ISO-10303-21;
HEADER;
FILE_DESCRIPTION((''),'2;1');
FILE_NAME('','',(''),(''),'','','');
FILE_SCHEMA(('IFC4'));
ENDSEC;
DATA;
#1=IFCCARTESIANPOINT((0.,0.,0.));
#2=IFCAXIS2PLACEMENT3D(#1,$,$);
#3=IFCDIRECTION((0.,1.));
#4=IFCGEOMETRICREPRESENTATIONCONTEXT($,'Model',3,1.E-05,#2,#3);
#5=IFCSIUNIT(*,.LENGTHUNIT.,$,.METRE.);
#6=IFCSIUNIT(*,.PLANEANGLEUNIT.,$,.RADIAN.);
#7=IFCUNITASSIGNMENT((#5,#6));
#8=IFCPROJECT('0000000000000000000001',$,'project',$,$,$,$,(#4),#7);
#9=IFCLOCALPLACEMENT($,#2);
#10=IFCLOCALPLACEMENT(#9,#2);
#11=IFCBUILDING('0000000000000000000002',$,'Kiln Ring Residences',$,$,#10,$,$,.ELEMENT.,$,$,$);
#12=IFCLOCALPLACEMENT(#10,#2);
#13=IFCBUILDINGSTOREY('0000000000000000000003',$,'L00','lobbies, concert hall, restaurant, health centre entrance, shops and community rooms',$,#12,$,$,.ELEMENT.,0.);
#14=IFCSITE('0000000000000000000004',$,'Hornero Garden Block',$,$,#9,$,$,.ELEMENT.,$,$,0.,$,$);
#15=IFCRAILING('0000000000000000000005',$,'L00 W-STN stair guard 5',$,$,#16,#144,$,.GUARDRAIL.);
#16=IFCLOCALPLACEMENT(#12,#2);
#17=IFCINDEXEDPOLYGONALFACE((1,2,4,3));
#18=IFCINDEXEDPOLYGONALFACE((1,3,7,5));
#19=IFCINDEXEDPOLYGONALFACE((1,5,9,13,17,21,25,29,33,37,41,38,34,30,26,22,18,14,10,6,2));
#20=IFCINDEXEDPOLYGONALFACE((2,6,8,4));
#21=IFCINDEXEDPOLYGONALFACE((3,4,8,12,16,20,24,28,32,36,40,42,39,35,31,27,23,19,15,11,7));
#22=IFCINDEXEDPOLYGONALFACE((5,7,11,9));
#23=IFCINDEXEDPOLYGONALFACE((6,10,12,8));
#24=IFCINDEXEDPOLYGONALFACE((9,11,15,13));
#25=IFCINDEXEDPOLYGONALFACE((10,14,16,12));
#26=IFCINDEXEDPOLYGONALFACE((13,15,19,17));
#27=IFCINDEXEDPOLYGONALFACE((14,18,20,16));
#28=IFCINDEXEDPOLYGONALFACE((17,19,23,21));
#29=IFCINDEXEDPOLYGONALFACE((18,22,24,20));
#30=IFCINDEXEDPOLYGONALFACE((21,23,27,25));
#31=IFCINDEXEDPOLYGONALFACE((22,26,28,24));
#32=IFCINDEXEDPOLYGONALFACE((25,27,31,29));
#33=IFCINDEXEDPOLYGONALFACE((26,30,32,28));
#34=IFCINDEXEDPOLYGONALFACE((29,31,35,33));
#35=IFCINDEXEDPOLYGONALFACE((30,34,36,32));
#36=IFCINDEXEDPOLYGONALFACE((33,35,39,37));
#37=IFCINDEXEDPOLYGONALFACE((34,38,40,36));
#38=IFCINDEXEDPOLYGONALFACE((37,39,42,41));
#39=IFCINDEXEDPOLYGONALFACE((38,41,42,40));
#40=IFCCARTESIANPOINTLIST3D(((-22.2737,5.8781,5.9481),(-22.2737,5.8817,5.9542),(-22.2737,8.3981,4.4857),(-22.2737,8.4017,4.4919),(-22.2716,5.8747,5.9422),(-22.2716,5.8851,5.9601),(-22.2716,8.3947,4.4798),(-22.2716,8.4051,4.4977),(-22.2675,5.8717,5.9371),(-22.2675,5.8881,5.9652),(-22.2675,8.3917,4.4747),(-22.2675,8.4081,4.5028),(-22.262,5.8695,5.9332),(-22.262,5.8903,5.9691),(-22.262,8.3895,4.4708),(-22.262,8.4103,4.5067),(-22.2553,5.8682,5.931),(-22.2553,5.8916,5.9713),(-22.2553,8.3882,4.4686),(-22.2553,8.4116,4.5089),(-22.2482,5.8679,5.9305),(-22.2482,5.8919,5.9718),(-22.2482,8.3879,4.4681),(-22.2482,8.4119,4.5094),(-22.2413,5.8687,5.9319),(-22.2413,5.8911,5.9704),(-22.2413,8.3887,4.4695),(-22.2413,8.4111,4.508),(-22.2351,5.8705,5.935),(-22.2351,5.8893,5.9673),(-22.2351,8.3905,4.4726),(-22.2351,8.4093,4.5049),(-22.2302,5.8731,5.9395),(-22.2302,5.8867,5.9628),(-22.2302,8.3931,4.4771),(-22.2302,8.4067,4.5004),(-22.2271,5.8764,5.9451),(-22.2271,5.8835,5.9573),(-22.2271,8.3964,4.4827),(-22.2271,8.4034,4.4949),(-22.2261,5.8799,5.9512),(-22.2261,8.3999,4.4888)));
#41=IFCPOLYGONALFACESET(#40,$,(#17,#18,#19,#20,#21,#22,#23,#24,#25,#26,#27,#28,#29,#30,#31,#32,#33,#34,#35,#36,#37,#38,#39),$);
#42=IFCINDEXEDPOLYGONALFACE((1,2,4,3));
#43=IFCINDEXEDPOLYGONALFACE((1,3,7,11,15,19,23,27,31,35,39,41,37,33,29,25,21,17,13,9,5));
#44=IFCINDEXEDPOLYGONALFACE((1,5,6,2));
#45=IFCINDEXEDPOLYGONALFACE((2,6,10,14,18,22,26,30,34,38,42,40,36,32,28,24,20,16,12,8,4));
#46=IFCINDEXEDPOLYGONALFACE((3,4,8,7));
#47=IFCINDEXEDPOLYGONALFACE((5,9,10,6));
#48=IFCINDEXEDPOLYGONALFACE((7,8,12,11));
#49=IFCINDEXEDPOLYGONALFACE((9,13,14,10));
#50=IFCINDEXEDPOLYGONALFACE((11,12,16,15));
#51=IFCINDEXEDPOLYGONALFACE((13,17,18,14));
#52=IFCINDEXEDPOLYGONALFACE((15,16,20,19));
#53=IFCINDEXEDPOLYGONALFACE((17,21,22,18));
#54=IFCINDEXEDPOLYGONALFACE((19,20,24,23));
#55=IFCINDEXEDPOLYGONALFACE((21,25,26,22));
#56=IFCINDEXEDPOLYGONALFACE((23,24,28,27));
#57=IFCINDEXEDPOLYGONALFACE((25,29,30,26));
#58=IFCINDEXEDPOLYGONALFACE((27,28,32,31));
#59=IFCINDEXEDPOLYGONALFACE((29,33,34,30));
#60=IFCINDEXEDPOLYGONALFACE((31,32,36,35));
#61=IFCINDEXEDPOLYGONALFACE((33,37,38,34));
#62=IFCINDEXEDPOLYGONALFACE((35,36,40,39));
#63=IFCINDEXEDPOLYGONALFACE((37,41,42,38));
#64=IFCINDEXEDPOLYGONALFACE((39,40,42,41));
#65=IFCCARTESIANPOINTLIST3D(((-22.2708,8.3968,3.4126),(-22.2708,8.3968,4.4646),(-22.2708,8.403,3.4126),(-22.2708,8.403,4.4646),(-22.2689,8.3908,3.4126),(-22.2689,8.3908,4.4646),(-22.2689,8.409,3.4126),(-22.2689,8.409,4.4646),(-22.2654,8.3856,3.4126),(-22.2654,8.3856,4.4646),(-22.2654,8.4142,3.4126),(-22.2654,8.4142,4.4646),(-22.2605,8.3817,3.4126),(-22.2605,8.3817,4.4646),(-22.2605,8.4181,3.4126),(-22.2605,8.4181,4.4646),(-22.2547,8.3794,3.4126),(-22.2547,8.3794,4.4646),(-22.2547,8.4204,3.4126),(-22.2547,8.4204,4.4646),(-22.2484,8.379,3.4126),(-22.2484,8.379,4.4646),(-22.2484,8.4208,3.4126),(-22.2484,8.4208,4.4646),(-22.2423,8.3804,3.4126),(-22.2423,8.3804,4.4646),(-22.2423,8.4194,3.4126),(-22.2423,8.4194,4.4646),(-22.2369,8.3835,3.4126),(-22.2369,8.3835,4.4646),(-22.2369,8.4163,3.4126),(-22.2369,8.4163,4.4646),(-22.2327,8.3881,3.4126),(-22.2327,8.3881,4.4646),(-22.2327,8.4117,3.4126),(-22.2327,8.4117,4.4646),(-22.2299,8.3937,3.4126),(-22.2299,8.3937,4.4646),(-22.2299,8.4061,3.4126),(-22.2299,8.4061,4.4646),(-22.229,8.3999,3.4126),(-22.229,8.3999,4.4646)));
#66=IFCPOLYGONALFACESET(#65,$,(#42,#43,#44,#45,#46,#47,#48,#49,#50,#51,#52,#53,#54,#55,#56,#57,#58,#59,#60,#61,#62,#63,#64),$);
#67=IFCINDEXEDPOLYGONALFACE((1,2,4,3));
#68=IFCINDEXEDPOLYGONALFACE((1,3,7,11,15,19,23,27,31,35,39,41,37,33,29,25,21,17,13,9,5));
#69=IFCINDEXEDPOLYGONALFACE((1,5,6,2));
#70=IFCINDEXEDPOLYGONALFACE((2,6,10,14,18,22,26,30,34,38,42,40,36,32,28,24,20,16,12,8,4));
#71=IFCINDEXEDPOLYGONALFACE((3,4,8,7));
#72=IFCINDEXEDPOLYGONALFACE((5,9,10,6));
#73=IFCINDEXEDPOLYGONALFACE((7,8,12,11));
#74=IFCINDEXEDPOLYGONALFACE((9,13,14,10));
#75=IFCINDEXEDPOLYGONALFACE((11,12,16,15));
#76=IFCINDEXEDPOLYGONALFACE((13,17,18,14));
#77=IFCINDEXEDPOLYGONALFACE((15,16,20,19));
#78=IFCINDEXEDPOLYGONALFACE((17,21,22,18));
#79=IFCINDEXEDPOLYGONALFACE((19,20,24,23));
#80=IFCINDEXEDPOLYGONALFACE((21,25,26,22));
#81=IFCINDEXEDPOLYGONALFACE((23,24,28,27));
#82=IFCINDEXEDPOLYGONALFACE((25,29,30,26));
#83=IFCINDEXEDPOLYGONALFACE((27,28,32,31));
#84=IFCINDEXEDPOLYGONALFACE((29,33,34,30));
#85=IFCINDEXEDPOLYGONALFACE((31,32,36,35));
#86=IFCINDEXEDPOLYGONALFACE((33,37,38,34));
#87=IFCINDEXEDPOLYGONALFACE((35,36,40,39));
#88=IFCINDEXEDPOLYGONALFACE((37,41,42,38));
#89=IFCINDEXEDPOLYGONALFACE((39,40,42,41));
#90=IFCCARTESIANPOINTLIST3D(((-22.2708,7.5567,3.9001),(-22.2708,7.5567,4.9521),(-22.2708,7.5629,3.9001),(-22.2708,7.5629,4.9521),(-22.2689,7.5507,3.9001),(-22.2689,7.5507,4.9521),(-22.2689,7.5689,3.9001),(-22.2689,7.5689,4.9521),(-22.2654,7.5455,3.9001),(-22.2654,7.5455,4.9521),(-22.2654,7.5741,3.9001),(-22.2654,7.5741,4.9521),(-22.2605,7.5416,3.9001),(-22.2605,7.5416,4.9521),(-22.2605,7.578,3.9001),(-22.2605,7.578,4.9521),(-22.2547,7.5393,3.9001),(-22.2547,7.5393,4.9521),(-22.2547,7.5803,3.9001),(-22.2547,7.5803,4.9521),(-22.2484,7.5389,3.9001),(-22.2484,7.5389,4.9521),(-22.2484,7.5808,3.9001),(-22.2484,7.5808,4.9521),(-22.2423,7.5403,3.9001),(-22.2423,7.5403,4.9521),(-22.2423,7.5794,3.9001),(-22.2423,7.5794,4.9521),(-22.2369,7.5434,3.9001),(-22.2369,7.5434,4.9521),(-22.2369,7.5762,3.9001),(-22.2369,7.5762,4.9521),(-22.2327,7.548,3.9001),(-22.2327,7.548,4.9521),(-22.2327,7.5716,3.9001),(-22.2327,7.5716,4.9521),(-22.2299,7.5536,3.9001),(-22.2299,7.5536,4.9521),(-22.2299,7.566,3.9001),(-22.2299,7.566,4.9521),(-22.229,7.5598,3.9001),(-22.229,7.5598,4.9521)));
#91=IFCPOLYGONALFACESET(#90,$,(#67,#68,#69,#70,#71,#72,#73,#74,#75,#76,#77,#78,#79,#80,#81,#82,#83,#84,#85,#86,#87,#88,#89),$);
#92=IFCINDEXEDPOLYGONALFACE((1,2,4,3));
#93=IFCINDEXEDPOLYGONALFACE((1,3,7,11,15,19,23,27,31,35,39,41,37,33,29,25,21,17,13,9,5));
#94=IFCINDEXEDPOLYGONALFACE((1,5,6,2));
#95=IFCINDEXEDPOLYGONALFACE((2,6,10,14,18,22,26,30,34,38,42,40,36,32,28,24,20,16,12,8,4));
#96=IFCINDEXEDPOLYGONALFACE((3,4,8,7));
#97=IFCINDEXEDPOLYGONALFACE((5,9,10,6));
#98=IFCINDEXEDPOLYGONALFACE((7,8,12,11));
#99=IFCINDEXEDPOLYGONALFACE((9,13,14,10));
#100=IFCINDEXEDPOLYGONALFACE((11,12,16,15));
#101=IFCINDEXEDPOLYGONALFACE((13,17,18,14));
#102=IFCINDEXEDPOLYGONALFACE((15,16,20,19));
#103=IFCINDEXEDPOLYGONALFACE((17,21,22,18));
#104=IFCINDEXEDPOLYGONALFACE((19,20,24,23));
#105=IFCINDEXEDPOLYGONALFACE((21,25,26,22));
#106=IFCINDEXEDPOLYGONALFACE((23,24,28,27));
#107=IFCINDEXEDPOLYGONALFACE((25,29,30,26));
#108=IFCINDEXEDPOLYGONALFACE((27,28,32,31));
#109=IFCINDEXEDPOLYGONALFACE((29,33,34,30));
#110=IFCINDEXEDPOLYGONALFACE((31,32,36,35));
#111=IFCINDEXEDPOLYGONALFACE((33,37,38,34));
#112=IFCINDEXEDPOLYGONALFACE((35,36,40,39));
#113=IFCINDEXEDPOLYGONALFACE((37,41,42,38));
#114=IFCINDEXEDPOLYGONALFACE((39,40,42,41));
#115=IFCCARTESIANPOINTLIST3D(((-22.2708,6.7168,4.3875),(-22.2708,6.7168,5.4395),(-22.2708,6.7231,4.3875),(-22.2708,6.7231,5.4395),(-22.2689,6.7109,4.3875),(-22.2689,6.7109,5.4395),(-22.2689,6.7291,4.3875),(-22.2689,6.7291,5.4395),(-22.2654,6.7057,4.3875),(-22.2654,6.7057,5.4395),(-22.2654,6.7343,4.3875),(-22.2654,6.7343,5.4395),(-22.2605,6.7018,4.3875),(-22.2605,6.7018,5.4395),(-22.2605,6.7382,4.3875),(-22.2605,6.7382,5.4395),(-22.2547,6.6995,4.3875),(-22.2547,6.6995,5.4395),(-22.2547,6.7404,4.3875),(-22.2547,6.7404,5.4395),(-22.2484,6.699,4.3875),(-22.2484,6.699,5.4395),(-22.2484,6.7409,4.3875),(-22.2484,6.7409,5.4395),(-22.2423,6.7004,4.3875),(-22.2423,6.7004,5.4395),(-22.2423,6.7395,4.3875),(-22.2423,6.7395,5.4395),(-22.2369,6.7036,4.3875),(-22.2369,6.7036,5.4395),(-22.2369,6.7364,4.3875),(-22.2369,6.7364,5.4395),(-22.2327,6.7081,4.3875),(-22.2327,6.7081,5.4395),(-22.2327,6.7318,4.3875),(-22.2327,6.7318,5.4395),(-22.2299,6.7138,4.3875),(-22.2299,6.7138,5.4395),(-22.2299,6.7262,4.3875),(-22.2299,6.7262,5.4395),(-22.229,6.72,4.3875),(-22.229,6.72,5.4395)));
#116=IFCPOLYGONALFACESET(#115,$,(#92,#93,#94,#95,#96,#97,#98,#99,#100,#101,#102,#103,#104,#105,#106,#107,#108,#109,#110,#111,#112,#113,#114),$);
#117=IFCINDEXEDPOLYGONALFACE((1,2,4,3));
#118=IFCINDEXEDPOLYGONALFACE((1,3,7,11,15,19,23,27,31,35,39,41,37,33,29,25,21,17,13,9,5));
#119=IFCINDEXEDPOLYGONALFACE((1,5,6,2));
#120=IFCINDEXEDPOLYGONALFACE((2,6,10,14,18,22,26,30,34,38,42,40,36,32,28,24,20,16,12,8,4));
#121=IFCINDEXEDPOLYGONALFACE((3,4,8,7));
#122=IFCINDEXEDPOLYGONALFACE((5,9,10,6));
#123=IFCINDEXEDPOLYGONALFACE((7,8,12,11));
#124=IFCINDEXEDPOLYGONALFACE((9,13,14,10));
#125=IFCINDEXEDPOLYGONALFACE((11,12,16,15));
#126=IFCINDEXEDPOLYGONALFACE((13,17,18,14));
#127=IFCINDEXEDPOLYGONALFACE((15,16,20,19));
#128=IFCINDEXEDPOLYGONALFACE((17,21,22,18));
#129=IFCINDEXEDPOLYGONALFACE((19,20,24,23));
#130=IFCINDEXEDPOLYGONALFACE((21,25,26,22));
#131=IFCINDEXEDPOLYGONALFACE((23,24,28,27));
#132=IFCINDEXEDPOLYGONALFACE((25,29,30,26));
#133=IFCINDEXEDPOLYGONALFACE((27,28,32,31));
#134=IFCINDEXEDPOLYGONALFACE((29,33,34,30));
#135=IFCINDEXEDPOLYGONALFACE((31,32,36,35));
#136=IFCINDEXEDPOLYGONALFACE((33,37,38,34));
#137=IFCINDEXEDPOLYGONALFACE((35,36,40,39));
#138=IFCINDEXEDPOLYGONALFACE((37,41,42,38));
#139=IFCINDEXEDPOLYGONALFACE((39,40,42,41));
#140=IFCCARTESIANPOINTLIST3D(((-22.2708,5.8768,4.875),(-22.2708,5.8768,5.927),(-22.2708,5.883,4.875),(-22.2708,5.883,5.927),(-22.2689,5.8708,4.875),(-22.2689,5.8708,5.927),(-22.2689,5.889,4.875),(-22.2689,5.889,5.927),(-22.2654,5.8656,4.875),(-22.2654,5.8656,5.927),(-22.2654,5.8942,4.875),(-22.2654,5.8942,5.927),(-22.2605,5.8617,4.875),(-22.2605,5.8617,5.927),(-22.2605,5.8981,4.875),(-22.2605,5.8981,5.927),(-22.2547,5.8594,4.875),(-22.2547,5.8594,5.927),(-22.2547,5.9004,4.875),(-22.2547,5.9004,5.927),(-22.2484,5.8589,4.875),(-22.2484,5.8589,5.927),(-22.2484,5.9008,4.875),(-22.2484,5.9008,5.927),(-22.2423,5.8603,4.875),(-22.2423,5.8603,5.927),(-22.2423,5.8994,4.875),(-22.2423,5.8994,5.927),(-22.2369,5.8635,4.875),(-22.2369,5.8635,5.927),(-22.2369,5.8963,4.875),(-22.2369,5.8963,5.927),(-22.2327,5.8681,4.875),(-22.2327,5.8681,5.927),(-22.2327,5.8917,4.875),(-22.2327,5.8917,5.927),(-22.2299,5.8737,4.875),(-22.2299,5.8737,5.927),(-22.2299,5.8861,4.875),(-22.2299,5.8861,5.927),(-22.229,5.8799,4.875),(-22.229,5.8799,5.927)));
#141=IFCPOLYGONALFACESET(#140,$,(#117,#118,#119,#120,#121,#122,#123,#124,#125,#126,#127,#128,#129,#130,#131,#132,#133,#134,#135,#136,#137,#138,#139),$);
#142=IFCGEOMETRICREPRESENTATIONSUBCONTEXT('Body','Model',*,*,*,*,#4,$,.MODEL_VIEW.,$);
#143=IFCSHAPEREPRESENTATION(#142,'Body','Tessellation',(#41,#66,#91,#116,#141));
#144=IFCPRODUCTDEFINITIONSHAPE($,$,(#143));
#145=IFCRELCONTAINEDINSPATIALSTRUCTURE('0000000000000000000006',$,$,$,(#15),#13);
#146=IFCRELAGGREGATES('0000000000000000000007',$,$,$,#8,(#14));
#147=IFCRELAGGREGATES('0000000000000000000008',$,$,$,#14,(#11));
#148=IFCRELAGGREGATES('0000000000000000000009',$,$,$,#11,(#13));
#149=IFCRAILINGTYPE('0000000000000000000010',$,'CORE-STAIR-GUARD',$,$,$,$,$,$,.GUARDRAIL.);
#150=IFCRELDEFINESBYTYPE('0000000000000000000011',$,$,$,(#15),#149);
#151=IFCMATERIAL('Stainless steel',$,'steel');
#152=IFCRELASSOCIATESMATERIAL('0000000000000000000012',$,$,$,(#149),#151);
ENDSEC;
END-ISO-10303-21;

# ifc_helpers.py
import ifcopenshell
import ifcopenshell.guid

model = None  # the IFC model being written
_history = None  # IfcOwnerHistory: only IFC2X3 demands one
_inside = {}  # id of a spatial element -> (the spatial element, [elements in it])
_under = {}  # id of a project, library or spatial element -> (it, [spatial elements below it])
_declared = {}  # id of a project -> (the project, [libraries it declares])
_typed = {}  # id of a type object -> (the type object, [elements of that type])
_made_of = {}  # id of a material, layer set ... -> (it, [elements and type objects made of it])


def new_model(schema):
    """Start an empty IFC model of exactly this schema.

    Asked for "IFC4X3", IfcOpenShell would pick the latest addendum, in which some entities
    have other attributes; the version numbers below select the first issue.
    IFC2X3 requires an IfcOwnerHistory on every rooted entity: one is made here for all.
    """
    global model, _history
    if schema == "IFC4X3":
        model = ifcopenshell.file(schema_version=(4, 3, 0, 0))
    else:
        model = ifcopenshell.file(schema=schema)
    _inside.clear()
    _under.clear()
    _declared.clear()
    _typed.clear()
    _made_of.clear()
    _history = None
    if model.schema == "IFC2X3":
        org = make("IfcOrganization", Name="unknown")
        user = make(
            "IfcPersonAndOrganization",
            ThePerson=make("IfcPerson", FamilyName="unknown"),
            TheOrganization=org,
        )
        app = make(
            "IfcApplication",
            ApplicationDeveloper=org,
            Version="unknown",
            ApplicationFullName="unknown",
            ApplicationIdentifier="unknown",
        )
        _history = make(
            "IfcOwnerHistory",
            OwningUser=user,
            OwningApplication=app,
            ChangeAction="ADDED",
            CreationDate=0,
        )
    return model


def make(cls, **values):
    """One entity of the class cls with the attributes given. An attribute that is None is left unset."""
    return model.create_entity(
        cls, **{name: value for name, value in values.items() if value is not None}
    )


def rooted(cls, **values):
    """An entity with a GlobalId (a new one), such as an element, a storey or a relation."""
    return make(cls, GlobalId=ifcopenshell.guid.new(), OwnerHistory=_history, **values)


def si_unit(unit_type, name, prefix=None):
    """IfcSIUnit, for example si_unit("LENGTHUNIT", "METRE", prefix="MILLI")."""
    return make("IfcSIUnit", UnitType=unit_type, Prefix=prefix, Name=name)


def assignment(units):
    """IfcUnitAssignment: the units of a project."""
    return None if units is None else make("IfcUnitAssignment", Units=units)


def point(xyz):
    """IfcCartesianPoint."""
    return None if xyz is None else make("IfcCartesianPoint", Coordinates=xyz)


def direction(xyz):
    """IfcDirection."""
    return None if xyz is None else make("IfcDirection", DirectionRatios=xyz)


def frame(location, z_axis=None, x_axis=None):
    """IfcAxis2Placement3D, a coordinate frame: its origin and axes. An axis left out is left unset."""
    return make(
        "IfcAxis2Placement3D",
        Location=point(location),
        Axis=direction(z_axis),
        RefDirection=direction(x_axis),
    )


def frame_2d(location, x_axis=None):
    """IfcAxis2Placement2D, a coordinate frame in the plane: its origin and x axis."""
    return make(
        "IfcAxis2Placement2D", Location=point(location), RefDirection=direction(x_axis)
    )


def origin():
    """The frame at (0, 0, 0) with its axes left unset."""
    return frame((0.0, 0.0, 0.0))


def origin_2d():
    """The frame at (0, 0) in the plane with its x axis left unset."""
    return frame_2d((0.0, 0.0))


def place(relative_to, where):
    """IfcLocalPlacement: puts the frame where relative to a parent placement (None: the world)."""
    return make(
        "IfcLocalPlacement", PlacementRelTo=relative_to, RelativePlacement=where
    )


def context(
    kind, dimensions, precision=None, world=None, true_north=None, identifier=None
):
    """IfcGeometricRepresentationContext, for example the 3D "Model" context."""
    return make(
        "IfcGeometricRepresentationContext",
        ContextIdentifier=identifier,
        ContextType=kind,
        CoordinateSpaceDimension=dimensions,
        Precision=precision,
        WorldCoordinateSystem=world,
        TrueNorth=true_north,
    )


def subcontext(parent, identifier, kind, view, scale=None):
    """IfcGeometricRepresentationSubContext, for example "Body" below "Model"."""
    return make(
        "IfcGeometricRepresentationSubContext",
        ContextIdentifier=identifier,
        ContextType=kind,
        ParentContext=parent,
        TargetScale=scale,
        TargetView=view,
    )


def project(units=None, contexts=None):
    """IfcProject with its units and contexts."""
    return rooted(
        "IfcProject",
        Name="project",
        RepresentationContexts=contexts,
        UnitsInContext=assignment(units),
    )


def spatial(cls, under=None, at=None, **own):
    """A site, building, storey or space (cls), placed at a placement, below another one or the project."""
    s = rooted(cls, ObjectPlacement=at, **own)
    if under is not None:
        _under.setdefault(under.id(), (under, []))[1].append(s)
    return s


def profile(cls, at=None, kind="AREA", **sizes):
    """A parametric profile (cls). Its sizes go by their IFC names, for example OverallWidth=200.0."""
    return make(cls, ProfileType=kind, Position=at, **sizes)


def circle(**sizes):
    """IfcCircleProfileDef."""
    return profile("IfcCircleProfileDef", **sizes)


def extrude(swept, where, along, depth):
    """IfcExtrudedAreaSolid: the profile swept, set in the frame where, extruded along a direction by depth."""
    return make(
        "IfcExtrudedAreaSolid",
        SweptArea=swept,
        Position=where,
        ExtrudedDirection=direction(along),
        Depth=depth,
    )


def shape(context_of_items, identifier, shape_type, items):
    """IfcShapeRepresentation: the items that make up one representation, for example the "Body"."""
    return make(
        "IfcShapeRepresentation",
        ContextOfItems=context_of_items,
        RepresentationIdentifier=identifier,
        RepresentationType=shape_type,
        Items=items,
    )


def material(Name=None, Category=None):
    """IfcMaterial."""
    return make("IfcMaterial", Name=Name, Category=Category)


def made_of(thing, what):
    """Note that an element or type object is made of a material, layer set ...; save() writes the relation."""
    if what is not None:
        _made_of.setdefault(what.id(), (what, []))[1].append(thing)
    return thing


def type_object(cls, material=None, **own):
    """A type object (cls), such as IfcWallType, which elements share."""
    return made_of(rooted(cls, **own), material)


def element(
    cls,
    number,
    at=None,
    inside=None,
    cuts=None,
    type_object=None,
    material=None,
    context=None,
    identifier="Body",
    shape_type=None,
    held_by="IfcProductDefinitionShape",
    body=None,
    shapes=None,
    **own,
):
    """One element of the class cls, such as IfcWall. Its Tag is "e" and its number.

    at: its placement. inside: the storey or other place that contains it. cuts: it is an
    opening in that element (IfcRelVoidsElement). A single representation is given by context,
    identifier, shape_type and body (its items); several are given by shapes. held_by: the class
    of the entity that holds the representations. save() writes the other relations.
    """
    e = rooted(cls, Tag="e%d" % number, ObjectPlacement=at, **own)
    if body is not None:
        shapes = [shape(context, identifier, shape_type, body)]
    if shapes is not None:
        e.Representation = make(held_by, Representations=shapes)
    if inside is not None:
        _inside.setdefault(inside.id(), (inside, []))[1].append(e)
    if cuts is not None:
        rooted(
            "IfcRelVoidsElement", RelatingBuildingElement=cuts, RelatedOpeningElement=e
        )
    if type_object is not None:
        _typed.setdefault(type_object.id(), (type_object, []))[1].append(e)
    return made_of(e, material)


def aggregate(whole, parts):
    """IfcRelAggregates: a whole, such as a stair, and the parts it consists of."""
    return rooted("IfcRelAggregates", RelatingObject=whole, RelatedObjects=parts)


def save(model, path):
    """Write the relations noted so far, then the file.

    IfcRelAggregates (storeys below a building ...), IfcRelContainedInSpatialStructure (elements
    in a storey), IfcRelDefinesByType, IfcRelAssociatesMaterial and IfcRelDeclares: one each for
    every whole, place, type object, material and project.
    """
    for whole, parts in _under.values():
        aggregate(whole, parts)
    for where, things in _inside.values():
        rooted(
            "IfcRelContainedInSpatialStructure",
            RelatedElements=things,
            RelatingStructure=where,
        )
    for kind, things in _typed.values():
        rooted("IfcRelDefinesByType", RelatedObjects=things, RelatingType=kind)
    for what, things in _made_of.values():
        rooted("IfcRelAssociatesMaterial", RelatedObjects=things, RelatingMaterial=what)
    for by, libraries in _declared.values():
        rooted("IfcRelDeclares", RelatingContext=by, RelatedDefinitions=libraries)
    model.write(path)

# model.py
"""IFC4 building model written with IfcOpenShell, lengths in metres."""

from ifc_helpers import new_model, si_unit, direction, frame, origin, origin_2d, place, context, subcontext, project, spatial, circle, extrude, material, type_object, element, save


model = new_model("IFC4")

# Units and contexts
model_context = context("Model", 3, precision=1e-05, world=origin(), true_north=direction((0.0, 1.0)))
body_context = subcontext(model_context, "Body", "Model", "MODEL_VIEW")
ifc_project = project(units=[si_unit("LENGTHUNIT", "METRE"), si_unit("PLANEANGLEUNIT", "RADIAN")], contexts=[model_context])

# Site, building, storey
site_placement = place(None, origin())
site = spatial("IfcSite", under=ifc_project, at=site_placement, Name="Hornero Garden Block", CompositionType="ELEMENT", RefElevation=0.0)
building_placement = place(site_placement, origin())
building = spatial("IfcBuilding", under=site, at=building_placement, Name="Kiln Ring Residences", CompositionType="ELEMENT")
storey_placement = place(building_placement, origin())
storey = spatial("IfcBuildingStorey", under=building, at=storey_placement, Name="L00", Description="lobbies, concert hall, restaurant, health centre entrance, shops and community rooms", CompositionType="ELEMENT", Elevation=0.0)

# Railing
ifc_material_1 = material(Name="Stainless steel", Category="steel")
railing_type_1 = type_object("IfcRailingType", Name="CORE-STAIR-GUARD", PredefinedType="GUARDRAIL", material=ifc_material_1)
for number, where, name in (
    (1, (-22.25, 8.3999, 3.4126), "L00 W-STN stair guard 5"),
):
    element("IfcRailing", number, at=place(storey_placement, frame(where)), inside=storey, type_object=railing_type_1, Name=name, PredefinedType="GUARDRAIL", context=body_context, shape_type="SweptSolid", body=[
        extrude(circle(Radius=0.0239, at=origin_2d()), frame((0.0, 0.0, 1.0762), z_axis=(0.0, -0.864913, 0.501921), x_axis=(1.0, 0.0, 0.0)), (0.0, 0.0, 1.0), 2.9136),
        extrude(circle(Radius=0.021, at=origin_2d()), origin(), (0.0, 0.0, 1.0), 1.052),
        extrude(circle(Radius=0.021, at=origin_2d()), frame((0.0, -0.8401, 0.4875)), (0.0, 0.0, 1.0), 1.052),
        extrude(circle(Radius=0.021, at=origin_2d()), frame((0.0, -1.6799, 0.9749)), (0.0, 0.0, 1.0), 1.052),
        extrude(circle(Radius=0.021, at=origin_2d()), frame((0.0, -2.52, 1.4624)), (0.0, 0.0, 1.0), 1.052),
    ])

save(model, "model.ifc")
